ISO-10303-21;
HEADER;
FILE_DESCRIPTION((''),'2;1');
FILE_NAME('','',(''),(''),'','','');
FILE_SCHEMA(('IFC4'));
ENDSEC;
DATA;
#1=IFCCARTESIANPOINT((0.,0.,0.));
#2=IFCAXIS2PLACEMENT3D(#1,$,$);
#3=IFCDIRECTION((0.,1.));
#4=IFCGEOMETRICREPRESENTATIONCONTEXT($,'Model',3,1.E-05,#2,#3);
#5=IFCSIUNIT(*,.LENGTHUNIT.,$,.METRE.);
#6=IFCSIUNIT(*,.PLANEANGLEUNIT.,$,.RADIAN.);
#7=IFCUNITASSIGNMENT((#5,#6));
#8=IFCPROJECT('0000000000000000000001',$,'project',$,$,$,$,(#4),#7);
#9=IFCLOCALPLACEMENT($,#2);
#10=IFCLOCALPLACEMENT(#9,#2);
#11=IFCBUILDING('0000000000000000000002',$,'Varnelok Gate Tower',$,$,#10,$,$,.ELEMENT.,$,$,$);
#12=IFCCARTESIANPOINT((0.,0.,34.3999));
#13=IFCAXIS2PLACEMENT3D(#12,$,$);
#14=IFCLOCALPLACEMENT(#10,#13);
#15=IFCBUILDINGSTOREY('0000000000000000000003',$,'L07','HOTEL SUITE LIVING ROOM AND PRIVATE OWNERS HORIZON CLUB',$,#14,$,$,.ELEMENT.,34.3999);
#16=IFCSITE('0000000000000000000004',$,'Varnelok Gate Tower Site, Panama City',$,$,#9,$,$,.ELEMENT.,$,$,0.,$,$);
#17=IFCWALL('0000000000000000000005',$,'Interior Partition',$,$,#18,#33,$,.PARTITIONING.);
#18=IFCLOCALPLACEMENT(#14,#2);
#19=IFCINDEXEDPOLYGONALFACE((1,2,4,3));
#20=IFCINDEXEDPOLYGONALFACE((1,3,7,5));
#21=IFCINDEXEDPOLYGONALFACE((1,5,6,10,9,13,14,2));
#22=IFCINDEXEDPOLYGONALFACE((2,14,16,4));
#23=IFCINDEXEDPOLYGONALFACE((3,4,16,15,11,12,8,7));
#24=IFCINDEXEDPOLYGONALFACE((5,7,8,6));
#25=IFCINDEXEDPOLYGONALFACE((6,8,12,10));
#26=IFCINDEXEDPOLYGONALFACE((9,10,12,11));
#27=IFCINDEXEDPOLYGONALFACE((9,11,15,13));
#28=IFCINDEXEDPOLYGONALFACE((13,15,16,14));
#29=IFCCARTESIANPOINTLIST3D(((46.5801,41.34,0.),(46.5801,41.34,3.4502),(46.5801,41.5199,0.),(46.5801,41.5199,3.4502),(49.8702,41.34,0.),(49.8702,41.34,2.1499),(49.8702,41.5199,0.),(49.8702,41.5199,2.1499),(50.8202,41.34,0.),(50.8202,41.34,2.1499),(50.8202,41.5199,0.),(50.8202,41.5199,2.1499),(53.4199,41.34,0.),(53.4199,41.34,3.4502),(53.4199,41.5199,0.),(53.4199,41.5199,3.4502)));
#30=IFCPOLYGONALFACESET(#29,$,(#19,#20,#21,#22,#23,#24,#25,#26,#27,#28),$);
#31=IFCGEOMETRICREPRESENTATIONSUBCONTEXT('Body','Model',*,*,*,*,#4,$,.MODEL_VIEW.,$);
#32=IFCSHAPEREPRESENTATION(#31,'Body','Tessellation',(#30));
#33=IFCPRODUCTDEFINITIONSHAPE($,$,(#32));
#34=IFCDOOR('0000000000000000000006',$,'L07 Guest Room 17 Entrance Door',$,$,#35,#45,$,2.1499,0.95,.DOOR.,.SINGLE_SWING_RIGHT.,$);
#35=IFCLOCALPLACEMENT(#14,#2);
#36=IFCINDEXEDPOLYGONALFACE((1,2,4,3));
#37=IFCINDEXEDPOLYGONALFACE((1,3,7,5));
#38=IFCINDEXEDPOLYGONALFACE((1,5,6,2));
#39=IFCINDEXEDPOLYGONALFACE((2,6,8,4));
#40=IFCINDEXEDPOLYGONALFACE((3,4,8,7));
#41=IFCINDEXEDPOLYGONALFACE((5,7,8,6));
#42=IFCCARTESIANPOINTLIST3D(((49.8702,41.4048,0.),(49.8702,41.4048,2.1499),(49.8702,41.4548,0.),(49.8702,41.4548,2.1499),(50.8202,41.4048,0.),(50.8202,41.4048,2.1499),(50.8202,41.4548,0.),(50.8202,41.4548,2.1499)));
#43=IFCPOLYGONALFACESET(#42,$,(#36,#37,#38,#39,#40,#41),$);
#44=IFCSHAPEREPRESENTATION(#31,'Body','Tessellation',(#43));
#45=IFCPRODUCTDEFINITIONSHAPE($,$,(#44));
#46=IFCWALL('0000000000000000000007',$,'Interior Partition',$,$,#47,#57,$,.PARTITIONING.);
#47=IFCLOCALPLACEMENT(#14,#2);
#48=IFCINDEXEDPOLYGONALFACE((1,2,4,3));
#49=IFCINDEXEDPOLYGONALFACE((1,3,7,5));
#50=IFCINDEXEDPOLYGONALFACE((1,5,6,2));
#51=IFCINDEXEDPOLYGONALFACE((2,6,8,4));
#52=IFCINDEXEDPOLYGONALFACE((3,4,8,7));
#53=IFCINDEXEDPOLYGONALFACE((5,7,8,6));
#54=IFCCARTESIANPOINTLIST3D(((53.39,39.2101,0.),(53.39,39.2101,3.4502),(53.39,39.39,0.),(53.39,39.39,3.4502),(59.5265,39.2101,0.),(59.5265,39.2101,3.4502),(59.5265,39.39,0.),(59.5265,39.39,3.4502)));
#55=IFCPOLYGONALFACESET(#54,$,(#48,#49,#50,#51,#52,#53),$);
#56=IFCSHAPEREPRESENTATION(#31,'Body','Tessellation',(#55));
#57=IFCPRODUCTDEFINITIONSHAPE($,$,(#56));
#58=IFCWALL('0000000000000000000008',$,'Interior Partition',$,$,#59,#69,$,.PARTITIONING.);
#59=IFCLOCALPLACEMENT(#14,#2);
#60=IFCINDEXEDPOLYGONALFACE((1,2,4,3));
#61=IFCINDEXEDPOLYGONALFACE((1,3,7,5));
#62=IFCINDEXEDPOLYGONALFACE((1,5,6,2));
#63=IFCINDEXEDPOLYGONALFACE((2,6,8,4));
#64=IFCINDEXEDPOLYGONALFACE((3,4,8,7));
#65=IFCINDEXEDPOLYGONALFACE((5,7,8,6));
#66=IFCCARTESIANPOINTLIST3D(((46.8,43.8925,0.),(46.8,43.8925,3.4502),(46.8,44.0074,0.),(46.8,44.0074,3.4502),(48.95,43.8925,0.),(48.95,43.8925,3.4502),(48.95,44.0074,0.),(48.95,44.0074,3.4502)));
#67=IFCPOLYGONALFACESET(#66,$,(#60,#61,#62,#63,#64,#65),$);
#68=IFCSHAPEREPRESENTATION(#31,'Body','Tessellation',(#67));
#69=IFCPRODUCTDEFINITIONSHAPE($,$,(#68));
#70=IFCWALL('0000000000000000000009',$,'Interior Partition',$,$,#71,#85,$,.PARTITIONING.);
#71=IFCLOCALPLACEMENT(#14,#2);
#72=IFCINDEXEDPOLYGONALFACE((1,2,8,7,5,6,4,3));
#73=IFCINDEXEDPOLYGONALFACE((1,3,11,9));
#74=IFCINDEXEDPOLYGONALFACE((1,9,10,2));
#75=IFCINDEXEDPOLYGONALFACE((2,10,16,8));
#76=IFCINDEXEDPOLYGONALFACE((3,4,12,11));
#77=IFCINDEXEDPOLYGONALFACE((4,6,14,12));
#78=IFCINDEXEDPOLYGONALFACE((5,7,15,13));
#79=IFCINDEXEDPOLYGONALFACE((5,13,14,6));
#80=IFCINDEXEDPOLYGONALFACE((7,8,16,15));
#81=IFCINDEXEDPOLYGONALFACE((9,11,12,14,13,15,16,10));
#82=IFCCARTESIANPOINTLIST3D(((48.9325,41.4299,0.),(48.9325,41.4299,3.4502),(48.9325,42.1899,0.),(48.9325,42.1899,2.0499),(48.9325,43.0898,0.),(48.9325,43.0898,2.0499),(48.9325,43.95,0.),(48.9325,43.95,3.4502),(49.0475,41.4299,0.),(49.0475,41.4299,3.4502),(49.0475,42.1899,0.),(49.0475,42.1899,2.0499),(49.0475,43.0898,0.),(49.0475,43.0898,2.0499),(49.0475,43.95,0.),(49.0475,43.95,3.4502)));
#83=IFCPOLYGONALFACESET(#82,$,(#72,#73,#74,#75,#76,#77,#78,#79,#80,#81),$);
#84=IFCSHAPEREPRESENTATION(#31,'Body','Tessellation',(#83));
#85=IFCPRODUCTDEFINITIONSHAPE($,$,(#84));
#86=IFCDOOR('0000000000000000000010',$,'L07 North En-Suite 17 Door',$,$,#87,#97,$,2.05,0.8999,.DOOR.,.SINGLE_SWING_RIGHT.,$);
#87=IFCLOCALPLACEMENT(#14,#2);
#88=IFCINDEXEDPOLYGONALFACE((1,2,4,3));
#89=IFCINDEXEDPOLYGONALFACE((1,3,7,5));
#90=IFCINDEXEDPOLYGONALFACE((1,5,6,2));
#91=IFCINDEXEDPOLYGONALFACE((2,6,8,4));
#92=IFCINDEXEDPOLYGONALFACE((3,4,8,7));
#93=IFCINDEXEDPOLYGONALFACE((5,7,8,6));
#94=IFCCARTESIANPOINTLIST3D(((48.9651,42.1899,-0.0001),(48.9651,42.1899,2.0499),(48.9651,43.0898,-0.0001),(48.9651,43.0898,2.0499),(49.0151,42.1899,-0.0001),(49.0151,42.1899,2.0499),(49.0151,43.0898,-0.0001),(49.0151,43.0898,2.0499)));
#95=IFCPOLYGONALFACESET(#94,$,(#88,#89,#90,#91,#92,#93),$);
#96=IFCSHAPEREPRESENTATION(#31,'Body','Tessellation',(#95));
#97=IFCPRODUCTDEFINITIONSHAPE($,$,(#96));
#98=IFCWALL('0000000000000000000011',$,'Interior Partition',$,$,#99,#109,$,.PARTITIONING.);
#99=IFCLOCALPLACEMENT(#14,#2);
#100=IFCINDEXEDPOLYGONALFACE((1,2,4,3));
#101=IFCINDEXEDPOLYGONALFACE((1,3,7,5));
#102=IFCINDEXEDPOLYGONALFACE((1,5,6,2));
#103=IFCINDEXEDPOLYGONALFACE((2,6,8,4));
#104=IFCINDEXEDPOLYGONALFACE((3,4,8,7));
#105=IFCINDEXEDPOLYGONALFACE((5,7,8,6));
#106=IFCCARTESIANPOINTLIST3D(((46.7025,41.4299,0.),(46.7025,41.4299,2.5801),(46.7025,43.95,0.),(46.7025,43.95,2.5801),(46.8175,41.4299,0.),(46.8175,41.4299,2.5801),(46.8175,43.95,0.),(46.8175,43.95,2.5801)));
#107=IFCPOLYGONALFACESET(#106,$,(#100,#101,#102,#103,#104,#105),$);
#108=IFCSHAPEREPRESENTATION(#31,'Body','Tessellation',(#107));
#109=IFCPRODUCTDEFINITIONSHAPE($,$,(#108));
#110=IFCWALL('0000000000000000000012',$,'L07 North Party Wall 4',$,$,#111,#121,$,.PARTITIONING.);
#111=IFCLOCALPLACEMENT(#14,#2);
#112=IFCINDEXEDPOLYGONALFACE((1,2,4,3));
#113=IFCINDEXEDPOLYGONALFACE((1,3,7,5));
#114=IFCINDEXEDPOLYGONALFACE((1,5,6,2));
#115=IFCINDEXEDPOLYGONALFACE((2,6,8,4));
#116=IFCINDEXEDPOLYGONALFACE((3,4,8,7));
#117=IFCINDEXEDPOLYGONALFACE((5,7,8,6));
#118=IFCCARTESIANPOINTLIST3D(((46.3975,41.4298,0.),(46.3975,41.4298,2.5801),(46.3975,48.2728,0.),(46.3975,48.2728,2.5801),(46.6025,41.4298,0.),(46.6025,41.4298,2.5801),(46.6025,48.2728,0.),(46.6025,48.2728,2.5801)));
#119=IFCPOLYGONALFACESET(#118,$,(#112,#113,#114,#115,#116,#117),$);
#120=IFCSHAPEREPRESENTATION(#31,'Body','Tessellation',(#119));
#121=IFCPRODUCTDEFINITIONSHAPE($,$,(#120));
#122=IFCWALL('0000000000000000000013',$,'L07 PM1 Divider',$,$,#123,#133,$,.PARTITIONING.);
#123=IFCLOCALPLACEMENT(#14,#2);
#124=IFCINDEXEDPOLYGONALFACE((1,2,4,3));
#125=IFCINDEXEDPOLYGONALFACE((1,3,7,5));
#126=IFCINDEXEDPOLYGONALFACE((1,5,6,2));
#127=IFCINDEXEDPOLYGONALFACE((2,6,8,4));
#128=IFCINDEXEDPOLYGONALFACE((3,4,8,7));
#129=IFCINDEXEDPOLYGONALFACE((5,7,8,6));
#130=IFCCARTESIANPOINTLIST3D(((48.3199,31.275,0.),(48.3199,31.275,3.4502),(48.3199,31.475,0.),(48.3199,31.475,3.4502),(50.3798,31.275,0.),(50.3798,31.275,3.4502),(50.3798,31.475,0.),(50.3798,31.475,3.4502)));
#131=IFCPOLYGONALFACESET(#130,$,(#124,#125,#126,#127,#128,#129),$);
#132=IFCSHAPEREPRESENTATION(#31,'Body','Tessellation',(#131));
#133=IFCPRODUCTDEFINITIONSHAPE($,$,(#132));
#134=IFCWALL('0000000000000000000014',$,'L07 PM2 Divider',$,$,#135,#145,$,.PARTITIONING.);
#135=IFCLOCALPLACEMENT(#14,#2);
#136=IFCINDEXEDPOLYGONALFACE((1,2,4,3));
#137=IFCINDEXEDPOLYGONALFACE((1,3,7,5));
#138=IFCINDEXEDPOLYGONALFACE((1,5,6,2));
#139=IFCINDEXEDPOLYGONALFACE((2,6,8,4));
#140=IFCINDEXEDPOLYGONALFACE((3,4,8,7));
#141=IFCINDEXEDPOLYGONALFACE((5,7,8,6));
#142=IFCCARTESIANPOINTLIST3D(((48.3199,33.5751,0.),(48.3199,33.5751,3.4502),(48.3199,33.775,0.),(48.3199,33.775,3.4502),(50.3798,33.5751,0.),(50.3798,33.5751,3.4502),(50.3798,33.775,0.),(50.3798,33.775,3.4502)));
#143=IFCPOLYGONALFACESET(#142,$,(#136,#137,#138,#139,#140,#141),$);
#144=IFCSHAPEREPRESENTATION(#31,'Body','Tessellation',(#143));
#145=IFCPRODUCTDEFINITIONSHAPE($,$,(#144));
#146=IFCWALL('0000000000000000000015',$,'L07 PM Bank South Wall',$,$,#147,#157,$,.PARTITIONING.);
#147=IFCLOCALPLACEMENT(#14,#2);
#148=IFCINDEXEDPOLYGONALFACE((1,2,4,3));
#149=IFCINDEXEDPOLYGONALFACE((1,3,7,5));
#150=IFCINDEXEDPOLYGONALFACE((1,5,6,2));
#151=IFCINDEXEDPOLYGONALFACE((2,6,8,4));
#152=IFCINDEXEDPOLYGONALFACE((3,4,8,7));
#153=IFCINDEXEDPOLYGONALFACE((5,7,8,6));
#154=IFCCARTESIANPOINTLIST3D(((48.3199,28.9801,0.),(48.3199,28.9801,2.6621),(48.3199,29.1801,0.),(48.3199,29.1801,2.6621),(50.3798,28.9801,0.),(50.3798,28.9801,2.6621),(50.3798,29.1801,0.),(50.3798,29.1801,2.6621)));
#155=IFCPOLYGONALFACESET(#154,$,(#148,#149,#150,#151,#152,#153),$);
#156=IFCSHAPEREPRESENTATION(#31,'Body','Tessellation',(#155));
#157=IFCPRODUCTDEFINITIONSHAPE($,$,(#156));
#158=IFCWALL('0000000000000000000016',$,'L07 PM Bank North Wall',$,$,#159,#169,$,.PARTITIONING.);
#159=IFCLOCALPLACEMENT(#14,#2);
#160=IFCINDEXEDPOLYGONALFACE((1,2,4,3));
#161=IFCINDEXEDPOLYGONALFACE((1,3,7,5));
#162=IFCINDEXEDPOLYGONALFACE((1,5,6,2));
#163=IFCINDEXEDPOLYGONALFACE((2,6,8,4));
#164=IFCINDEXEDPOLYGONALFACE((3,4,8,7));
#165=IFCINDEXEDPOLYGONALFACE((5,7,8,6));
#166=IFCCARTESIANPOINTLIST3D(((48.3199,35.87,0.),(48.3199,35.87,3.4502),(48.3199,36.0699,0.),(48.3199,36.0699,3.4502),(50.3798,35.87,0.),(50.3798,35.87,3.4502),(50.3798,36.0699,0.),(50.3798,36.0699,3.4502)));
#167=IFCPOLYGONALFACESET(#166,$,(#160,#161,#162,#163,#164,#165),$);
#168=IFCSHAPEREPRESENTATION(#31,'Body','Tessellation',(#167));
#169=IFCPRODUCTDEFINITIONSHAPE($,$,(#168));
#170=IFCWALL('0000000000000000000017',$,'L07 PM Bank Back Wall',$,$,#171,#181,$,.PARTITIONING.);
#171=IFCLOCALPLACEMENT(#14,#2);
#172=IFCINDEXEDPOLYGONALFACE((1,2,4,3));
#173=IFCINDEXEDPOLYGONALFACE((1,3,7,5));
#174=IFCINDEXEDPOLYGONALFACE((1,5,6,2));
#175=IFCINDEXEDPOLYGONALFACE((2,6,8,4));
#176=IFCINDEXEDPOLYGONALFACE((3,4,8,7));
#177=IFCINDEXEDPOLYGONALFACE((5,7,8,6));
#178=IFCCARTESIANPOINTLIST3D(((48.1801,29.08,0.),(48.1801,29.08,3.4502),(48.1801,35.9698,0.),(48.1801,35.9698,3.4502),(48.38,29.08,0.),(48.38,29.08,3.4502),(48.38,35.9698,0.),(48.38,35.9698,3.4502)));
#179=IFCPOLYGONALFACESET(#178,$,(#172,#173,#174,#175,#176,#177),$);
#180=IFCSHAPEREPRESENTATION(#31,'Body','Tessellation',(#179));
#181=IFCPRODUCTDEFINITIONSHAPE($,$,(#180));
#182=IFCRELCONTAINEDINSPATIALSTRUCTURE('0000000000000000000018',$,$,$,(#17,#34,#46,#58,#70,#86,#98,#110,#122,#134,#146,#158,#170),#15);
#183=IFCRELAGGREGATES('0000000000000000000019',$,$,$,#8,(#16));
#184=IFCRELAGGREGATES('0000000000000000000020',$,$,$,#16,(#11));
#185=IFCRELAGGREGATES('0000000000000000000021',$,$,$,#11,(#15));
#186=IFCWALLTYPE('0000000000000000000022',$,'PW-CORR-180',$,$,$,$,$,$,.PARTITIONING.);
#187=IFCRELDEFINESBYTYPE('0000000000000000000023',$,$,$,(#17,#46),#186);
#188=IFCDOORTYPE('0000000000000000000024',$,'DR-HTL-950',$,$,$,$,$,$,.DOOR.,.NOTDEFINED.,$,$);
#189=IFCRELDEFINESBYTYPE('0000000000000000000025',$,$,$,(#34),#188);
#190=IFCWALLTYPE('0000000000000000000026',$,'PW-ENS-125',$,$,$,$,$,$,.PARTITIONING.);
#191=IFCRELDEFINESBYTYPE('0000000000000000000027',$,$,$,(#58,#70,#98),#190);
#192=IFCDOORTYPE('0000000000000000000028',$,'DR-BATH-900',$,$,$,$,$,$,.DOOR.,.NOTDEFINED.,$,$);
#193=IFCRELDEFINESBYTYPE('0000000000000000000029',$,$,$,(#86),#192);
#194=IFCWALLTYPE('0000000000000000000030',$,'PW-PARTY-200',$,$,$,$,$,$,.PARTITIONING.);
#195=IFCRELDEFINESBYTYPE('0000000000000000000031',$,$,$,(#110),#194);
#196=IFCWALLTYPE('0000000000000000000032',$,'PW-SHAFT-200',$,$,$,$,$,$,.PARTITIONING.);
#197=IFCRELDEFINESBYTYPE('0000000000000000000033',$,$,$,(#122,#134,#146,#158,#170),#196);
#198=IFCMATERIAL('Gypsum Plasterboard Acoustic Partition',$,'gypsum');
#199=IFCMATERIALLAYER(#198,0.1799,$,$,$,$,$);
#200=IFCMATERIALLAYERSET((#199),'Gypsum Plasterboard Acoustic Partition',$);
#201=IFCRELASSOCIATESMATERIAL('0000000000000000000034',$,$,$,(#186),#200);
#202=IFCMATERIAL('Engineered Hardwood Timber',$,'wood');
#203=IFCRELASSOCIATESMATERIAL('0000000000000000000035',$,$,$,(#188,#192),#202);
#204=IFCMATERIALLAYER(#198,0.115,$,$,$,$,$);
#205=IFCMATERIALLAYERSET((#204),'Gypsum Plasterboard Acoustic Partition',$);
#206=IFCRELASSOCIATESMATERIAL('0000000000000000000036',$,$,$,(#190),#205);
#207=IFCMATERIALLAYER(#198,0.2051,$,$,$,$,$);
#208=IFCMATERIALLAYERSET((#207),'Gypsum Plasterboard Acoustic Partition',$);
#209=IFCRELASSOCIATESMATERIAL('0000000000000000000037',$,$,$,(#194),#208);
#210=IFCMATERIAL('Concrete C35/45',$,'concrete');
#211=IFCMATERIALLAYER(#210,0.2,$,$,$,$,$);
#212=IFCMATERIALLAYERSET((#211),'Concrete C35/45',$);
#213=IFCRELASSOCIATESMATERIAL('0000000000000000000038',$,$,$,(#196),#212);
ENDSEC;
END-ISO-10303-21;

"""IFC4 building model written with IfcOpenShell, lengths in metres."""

from ifc_helpers import new_model, si_unit, direction, frame, frame_2d, origin, place, context, subcontext, project, spatial, rectangle, extrude, material, layer, layer_set, type_object, element, fill, save


model = new_model("IFC4")

# Units and contexts
model_context = context("Model", 3, precision=1e-05, world=origin(), true_north=direction((0.0, 1.0)))
body_context = subcontext(model_context, "Body", "Model", "MODEL_VIEW")
ifc_project = project(units=[si_unit("LENGTHUNIT", "METRE"), si_unit("PLANEANGLEUNIT", "RADIAN")], contexts=[model_context])

# Site, building, storey
site_placement = place(None, origin())
site = spatial("IfcSite", under=ifc_project, at=site_placement, Name="Varnelok Gate Tower Site, Panama City", CompositionType="ELEMENT", RefElevation=0.0)
building_placement = place(site_placement, origin())
building = spatial("IfcBuilding", under=site, at=building_placement, Name="Varnelok Gate Tower", CompositionType="ELEMENT")
storey_placement = place(building_placement, frame((0.0, 0.0, 34.3999)))
storey = spatial("IfcBuildingStorey", under=building, at=storey_placement, Name="L07", Description="HOTEL SUITE LIVING ROOM AND PRIVATE OWNERS HORIZON CLUB", CompositionType="ELEMENT", Elevation=34.3999)

# Wall, opening, door
ifc_material_1 = material(Name="Gypsum Plasterboard Acoustic Partition", Category="gypsum")
ifc_layer_1 = layer(ifc_material_1, 0.1799)
ifc_layer_set_1 = layer_set([ifc_layer_1], Name="Gypsum Plasterboard Acoustic Partition")
wall_type_1 = type_object("IfcWallType", Name="PW-CORR-180", PredefinedType="PARTITIONING", material=ifc_layer_set_1)
wall_1_placement = place(storey_placement, frame((46.5801, 41.4299, 0.0), z_axis=(0.0, 0.0, 1.0), x_axis=(1.0, 0.0, 0.0)))
wall_1 = element("IfcWall", 1, at=wall_1_placement, inside=storey, type_object=wall_type_1, Name="Interior Partition", PredefinedType="PARTITIONING", context=body_context, shape_type="SweptSolid", body=[
    extrude(rectangle(XDim=6.8398, YDim=0.1799, at=frame_2d((3.4199, 0.0))), origin(), (0.0, 0.0, 1.0), 3.4502),
])
opening_1_placement = place(wall_1_placement, frame((3.29, 0.0, 0.0)))
opening_1 = element("IfcOpeningElement", 2, at=opening_1_placement, cuts=wall_1, PredefinedType="OPENING", context=body_context, shape_type="SweptSolid", body=[
    extrude(rectangle(XDim=0.95, YDim=2.1499, at=frame_2d((0.4751, 1.075))), frame((0.0, 0.0999, 0.0), z_axis=(0.0, -1.0, 0.0), x_axis=(1.0, 0.0, 0.0)), (0.0, 0.0, 1.0), 0.2),
])
ifc_material_2 = material(Name="Engineered Hardwood Timber", Category="wood")
door_type_1 = type_object("IfcDoorType", Name="DR-HTL-950", OperationType="NOTDEFINED", PredefinedType="DOOR", material=ifc_material_2)
door_1_placement = place(opening_1_placement, origin())
door_1 = element("IfcDoor", 3, at=door_1_placement, inside=storey, type_object=door_type_1, Name="L07 Guest Room 17 Entrance Door", OperationType="SINGLE_SWING_RIGHT", OverallHeight=2.1499, OverallWidth=0.95, PredefinedType="DOOR", context=body_context, shape_type="SweptSolid", body=[
    extrude(rectangle(XDim=0.95, YDim=2.1499, at=frame_2d((0.4751, 1.075))), frame((0.0, 0.0249, 0.0), z_axis=(0.0, -1.0, 0.0), x_axis=(1.0, 0.0, 0.0)), (0.0, 0.0, 1.0), 0.05),
])
fill(opening_1, door_1)

# Walls
wall_2_placement = place(storey_placement, frame((53.3899, 39.3, 0.0), z_axis=(0.0, 0.0, 1.0), x_axis=(1.0, 0.0, 0.0)))
element("IfcWall", 4, at=wall_2_placement, inside=storey, type_object=wall_type_1, Name="Interior Partition", PredefinedType="PARTITIONING", context=body_context, shape_type="SweptSolid", body=[
    extrude(rectangle(XDim=6.1365, YDim=0.1799, at=frame_2d((3.0684, 0.0))), origin(), (0.0, 0.0, 1.0), 3.4502),
])
ifc_layer_2 = layer(ifc_material_1, 0.115)
ifc_layer_set_2 = layer_set([ifc_layer_2], Name="Gypsum Plasterboard Acoustic Partition")
wall_type_2 = type_object("IfcWallType", Name="PW-ENS-125", PredefinedType="PARTITIONING", material=ifc_layer_set_2)
wall_3_placement = place(storey_placement, frame((46.8, 43.95, 0.0), z_axis=(0.0, 0.0, 1.0), x_axis=(1.0, 0.0, 0.0)))
element("IfcWall", 5, at=wall_3_placement, inside=storey, type_object=wall_type_2, Name="Interior Partition", PredefinedType="PARTITIONING", context=body_context, shape_type="SweptSolid", body=[
    extrude(rectangle(XDim=2.1499, YDim=0.115, at=frame_2d((1.075, 0.0))), origin(), (0.0, 0.0, 1.0), 3.4502),
])

# Wall, opening, door
wall_4_placement = place(storey_placement, frame((48.99, 41.4299, 0.0), z_axis=(0.0, 0.0, 1.0), x_axis=(0.0, 1.0, 0.0)))
wall_4 = element("IfcWall", 6, at=wall_4_placement, inside=storey, type_object=wall_type_2, Name="Interior Partition", PredefinedType="PARTITIONING", context=body_context, shape_type="SweptSolid", body=[
    extrude(rectangle(XDim=2.52, YDim=0.115, at=frame_2d((1.26, 0.0))), origin(), (0.0, 0.0, 1.0), 3.4502),
])
opening_2_placement = place(wall_4_placement, frame((0.76, 0.0, 0.0)))
opening_2 = element("IfcOpeningElement", 7, at=opening_2_placement, cuts=wall_4, PredefinedType="OPENING", context=body_context, shape_type="SweptSolid", body=[
    extrude(rectangle(XDim=0.8999, YDim=2.05, at=frame_2d((0.45, 1.0249))), frame((0.0, 0.0674, 0.0), z_axis=(0.0, -1.0, 0.0), x_axis=(1.0, 0.0, 0.0)), (0.0, 0.0, 1.0), 0.135),
])
door_type_2 = type_object("IfcDoorType", Name="DR-BATH-900", OperationType="NOTDEFINED", PredefinedType="DOOR", material=ifc_material_2)
door_2_placement = place(opening_2_placement, origin())
door_2 = element("IfcDoor", 8, at=door_2_placement, inside=storey, type_object=door_type_2, Name="L07 North En-Suite 17 Door", OperationType="SINGLE_SWING_RIGHT", OverallHeight=2.05, OverallWidth=0.8999, PredefinedType="DOOR", context=body_context, shape_type="SweptSolid", body=[
    extrude(rectangle(XDim=0.8999, YDim=2.05, at=frame_2d((0.45, 1.0249))), frame((0.0, 0.0249, 0.0), z_axis=(0.0, -1.0, 0.0), x_axis=(1.0, 0.0, 0.0)), (0.0, 0.0, 1.0), 0.05),
])
fill(opening_2, door_2)

# Walls
wall_5_placement = place(storey_placement, frame((46.76, 41.4299, 0.0), z_axis=(0.0, 0.0, 1.0), x_axis=(0.0, 1.0, 0.0)))
element("IfcWall", 9, at=wall_5_placement, inside=storey, type_object=wall_type_2, Name="Interior Partition", PredefinedType="PARTITIONING", context=body_context, shape_type="SweptSolid", body=[
    extrude(rectangle(XDim=2.52, YDim=0.115, at=frame_2d((1.26, 0.0))), origin(), (0.0, 0.0, 1.0), 2.5801),
])
ifc_layer_3 = layer(ifc_material_1, 0.2051)
ifc_layer_set_3 = layer_set([ifc_layer_3], Name="Gypsum Plasterboard Acoustic Partition")
wall_type_3 = type_object("IfcWallType", Name="PW-PARTY-200", PredefinedType="PARTITIONING", material=ifc_layer_set_3)
wall_6_placement = place(storey_placement, frame((46.5, 41.4299, 0.0), z_axis=(0.0, 0.0, 1.0), x_axis=(0.0, 1.0, 0.0)))
element("IfcWall", 10, at=wall_6_placement, inside=storey, type_object=wall_type_3, Name="L07 North Party Wall 4", PredefinedType="PARTITIONING", context=body_context, shape_type="SweptSolid", body=[
    extrude(rectangle(XDim=6.843, YDim=0.2051, at=frame_2d((3.4214, 0.0))), origin(), (0.0, 0.0, 1.0), 2.5801),
])
ifc_material_3 = material(Name="Concrete C35/45", Category="concrete")
ifc_layer_4 = layer(ifc_material_3, 0.2)
ifc_layer_set_4 = layer_set([ifc_layer_4], Name="Concrete C35/45")
wall_type_4 = type_object("IfcWallType", Name="PW-SHAFT-200", PredefinedType="PARTITIONING", material=ifc_layer_set_4)
for number, where, z_axis, x_axis, name in (
    (11, (48.3201, 31.375, 0.0), (0.0, 0.0, 1.0), (1.0, 0.0, 0.0), "L07 PM1 Divider"),
    (12, (48.3201, 33.675, 0.0), (0.0, 0.0, 1.0), (1.0, 0.0, 0.0), "L07 PM2 Divider"),
):
    element("IfcWall", number, at=place(storey_placement, frame(where, z_axis=z_axis, x_axis=x_axis)), inside=storey, type_object=wall_type_4, Name=name, PredefinedType="PARTITIONING", context=body_context, shape_type="SweptSolid", body=[
        extrude(rectangle(XDim=2.0598, YDim=0.2, at=frame_2d((1.0298, 0.0))), origin(), (0.0, 0.0, 1.0), 3.4502),
    ])
wall_7_placement = place(storey_placement, frame((48.3201, 29.0801, 0.0), z_axis=(0.0, 0.0, 1.0), x_axis=(1.0, 0.0, 0.0)))
element("IfcWall", 13, at=wall_7_placement, inside=storey, type_object=wall_type_4, Name="L07 PM Bank South Wall", PredefinedType="PARTITIONING", context=body_context, shape_type="SweptSolid", body=[
    extrude(rectangle(XDim=2.0598, YDim=0.2, at=frame_2d((1.0298, 0.0))), origin(), (0.0, 0.0, 1.0), 2.6621),
])
wall_8_placement = place(storey_placement, frame((48.3201, 35.97, 0.0), z_axis=(0.0, 0.0, 1.0), x_axis=(1.0, 0.0, 0.0)))
element("IfcWall", 14, at=wall_8_placement, inside=storey, type_object=wall_type_4, Name="L07 PM Bank North Wall", PredefinedType="PARTITIONING", context=body_context, shape_type="SweptSolid", body=[
    extrude(rectangle(XDim=2.0598, YDim=0.2, at=frame_2d((1.0298, 0.0))), origin(), (0.0, 0.0, 1.0), 3.4502),
])
for number, where, z_axis, x_axis, name in (
    (15, (48.28, 29.0801, 0.0), (0.0, 0.0, 1.0), (0.0, 1.0, 0.0), "L07 PM Bank Back Wall"),
):
    element("IfcWall", number, at=place(storey_placement, frame(where, z_axis=z_axis, x_axis=x_axis)), inside=storey, type_object=wall_type_4, Name=name, PredefinedType="PARTITIONING", context=body_context, shape_type="SweptSolid", body=[
        extrude(rectangle(XDim=6.8899, YDim=0.2, at=frame_2d((3.4448, 0.0))), origin(), (0.0, 0.0, 1.0), 3.4502),
    ])

save(model, "model.ifc")
